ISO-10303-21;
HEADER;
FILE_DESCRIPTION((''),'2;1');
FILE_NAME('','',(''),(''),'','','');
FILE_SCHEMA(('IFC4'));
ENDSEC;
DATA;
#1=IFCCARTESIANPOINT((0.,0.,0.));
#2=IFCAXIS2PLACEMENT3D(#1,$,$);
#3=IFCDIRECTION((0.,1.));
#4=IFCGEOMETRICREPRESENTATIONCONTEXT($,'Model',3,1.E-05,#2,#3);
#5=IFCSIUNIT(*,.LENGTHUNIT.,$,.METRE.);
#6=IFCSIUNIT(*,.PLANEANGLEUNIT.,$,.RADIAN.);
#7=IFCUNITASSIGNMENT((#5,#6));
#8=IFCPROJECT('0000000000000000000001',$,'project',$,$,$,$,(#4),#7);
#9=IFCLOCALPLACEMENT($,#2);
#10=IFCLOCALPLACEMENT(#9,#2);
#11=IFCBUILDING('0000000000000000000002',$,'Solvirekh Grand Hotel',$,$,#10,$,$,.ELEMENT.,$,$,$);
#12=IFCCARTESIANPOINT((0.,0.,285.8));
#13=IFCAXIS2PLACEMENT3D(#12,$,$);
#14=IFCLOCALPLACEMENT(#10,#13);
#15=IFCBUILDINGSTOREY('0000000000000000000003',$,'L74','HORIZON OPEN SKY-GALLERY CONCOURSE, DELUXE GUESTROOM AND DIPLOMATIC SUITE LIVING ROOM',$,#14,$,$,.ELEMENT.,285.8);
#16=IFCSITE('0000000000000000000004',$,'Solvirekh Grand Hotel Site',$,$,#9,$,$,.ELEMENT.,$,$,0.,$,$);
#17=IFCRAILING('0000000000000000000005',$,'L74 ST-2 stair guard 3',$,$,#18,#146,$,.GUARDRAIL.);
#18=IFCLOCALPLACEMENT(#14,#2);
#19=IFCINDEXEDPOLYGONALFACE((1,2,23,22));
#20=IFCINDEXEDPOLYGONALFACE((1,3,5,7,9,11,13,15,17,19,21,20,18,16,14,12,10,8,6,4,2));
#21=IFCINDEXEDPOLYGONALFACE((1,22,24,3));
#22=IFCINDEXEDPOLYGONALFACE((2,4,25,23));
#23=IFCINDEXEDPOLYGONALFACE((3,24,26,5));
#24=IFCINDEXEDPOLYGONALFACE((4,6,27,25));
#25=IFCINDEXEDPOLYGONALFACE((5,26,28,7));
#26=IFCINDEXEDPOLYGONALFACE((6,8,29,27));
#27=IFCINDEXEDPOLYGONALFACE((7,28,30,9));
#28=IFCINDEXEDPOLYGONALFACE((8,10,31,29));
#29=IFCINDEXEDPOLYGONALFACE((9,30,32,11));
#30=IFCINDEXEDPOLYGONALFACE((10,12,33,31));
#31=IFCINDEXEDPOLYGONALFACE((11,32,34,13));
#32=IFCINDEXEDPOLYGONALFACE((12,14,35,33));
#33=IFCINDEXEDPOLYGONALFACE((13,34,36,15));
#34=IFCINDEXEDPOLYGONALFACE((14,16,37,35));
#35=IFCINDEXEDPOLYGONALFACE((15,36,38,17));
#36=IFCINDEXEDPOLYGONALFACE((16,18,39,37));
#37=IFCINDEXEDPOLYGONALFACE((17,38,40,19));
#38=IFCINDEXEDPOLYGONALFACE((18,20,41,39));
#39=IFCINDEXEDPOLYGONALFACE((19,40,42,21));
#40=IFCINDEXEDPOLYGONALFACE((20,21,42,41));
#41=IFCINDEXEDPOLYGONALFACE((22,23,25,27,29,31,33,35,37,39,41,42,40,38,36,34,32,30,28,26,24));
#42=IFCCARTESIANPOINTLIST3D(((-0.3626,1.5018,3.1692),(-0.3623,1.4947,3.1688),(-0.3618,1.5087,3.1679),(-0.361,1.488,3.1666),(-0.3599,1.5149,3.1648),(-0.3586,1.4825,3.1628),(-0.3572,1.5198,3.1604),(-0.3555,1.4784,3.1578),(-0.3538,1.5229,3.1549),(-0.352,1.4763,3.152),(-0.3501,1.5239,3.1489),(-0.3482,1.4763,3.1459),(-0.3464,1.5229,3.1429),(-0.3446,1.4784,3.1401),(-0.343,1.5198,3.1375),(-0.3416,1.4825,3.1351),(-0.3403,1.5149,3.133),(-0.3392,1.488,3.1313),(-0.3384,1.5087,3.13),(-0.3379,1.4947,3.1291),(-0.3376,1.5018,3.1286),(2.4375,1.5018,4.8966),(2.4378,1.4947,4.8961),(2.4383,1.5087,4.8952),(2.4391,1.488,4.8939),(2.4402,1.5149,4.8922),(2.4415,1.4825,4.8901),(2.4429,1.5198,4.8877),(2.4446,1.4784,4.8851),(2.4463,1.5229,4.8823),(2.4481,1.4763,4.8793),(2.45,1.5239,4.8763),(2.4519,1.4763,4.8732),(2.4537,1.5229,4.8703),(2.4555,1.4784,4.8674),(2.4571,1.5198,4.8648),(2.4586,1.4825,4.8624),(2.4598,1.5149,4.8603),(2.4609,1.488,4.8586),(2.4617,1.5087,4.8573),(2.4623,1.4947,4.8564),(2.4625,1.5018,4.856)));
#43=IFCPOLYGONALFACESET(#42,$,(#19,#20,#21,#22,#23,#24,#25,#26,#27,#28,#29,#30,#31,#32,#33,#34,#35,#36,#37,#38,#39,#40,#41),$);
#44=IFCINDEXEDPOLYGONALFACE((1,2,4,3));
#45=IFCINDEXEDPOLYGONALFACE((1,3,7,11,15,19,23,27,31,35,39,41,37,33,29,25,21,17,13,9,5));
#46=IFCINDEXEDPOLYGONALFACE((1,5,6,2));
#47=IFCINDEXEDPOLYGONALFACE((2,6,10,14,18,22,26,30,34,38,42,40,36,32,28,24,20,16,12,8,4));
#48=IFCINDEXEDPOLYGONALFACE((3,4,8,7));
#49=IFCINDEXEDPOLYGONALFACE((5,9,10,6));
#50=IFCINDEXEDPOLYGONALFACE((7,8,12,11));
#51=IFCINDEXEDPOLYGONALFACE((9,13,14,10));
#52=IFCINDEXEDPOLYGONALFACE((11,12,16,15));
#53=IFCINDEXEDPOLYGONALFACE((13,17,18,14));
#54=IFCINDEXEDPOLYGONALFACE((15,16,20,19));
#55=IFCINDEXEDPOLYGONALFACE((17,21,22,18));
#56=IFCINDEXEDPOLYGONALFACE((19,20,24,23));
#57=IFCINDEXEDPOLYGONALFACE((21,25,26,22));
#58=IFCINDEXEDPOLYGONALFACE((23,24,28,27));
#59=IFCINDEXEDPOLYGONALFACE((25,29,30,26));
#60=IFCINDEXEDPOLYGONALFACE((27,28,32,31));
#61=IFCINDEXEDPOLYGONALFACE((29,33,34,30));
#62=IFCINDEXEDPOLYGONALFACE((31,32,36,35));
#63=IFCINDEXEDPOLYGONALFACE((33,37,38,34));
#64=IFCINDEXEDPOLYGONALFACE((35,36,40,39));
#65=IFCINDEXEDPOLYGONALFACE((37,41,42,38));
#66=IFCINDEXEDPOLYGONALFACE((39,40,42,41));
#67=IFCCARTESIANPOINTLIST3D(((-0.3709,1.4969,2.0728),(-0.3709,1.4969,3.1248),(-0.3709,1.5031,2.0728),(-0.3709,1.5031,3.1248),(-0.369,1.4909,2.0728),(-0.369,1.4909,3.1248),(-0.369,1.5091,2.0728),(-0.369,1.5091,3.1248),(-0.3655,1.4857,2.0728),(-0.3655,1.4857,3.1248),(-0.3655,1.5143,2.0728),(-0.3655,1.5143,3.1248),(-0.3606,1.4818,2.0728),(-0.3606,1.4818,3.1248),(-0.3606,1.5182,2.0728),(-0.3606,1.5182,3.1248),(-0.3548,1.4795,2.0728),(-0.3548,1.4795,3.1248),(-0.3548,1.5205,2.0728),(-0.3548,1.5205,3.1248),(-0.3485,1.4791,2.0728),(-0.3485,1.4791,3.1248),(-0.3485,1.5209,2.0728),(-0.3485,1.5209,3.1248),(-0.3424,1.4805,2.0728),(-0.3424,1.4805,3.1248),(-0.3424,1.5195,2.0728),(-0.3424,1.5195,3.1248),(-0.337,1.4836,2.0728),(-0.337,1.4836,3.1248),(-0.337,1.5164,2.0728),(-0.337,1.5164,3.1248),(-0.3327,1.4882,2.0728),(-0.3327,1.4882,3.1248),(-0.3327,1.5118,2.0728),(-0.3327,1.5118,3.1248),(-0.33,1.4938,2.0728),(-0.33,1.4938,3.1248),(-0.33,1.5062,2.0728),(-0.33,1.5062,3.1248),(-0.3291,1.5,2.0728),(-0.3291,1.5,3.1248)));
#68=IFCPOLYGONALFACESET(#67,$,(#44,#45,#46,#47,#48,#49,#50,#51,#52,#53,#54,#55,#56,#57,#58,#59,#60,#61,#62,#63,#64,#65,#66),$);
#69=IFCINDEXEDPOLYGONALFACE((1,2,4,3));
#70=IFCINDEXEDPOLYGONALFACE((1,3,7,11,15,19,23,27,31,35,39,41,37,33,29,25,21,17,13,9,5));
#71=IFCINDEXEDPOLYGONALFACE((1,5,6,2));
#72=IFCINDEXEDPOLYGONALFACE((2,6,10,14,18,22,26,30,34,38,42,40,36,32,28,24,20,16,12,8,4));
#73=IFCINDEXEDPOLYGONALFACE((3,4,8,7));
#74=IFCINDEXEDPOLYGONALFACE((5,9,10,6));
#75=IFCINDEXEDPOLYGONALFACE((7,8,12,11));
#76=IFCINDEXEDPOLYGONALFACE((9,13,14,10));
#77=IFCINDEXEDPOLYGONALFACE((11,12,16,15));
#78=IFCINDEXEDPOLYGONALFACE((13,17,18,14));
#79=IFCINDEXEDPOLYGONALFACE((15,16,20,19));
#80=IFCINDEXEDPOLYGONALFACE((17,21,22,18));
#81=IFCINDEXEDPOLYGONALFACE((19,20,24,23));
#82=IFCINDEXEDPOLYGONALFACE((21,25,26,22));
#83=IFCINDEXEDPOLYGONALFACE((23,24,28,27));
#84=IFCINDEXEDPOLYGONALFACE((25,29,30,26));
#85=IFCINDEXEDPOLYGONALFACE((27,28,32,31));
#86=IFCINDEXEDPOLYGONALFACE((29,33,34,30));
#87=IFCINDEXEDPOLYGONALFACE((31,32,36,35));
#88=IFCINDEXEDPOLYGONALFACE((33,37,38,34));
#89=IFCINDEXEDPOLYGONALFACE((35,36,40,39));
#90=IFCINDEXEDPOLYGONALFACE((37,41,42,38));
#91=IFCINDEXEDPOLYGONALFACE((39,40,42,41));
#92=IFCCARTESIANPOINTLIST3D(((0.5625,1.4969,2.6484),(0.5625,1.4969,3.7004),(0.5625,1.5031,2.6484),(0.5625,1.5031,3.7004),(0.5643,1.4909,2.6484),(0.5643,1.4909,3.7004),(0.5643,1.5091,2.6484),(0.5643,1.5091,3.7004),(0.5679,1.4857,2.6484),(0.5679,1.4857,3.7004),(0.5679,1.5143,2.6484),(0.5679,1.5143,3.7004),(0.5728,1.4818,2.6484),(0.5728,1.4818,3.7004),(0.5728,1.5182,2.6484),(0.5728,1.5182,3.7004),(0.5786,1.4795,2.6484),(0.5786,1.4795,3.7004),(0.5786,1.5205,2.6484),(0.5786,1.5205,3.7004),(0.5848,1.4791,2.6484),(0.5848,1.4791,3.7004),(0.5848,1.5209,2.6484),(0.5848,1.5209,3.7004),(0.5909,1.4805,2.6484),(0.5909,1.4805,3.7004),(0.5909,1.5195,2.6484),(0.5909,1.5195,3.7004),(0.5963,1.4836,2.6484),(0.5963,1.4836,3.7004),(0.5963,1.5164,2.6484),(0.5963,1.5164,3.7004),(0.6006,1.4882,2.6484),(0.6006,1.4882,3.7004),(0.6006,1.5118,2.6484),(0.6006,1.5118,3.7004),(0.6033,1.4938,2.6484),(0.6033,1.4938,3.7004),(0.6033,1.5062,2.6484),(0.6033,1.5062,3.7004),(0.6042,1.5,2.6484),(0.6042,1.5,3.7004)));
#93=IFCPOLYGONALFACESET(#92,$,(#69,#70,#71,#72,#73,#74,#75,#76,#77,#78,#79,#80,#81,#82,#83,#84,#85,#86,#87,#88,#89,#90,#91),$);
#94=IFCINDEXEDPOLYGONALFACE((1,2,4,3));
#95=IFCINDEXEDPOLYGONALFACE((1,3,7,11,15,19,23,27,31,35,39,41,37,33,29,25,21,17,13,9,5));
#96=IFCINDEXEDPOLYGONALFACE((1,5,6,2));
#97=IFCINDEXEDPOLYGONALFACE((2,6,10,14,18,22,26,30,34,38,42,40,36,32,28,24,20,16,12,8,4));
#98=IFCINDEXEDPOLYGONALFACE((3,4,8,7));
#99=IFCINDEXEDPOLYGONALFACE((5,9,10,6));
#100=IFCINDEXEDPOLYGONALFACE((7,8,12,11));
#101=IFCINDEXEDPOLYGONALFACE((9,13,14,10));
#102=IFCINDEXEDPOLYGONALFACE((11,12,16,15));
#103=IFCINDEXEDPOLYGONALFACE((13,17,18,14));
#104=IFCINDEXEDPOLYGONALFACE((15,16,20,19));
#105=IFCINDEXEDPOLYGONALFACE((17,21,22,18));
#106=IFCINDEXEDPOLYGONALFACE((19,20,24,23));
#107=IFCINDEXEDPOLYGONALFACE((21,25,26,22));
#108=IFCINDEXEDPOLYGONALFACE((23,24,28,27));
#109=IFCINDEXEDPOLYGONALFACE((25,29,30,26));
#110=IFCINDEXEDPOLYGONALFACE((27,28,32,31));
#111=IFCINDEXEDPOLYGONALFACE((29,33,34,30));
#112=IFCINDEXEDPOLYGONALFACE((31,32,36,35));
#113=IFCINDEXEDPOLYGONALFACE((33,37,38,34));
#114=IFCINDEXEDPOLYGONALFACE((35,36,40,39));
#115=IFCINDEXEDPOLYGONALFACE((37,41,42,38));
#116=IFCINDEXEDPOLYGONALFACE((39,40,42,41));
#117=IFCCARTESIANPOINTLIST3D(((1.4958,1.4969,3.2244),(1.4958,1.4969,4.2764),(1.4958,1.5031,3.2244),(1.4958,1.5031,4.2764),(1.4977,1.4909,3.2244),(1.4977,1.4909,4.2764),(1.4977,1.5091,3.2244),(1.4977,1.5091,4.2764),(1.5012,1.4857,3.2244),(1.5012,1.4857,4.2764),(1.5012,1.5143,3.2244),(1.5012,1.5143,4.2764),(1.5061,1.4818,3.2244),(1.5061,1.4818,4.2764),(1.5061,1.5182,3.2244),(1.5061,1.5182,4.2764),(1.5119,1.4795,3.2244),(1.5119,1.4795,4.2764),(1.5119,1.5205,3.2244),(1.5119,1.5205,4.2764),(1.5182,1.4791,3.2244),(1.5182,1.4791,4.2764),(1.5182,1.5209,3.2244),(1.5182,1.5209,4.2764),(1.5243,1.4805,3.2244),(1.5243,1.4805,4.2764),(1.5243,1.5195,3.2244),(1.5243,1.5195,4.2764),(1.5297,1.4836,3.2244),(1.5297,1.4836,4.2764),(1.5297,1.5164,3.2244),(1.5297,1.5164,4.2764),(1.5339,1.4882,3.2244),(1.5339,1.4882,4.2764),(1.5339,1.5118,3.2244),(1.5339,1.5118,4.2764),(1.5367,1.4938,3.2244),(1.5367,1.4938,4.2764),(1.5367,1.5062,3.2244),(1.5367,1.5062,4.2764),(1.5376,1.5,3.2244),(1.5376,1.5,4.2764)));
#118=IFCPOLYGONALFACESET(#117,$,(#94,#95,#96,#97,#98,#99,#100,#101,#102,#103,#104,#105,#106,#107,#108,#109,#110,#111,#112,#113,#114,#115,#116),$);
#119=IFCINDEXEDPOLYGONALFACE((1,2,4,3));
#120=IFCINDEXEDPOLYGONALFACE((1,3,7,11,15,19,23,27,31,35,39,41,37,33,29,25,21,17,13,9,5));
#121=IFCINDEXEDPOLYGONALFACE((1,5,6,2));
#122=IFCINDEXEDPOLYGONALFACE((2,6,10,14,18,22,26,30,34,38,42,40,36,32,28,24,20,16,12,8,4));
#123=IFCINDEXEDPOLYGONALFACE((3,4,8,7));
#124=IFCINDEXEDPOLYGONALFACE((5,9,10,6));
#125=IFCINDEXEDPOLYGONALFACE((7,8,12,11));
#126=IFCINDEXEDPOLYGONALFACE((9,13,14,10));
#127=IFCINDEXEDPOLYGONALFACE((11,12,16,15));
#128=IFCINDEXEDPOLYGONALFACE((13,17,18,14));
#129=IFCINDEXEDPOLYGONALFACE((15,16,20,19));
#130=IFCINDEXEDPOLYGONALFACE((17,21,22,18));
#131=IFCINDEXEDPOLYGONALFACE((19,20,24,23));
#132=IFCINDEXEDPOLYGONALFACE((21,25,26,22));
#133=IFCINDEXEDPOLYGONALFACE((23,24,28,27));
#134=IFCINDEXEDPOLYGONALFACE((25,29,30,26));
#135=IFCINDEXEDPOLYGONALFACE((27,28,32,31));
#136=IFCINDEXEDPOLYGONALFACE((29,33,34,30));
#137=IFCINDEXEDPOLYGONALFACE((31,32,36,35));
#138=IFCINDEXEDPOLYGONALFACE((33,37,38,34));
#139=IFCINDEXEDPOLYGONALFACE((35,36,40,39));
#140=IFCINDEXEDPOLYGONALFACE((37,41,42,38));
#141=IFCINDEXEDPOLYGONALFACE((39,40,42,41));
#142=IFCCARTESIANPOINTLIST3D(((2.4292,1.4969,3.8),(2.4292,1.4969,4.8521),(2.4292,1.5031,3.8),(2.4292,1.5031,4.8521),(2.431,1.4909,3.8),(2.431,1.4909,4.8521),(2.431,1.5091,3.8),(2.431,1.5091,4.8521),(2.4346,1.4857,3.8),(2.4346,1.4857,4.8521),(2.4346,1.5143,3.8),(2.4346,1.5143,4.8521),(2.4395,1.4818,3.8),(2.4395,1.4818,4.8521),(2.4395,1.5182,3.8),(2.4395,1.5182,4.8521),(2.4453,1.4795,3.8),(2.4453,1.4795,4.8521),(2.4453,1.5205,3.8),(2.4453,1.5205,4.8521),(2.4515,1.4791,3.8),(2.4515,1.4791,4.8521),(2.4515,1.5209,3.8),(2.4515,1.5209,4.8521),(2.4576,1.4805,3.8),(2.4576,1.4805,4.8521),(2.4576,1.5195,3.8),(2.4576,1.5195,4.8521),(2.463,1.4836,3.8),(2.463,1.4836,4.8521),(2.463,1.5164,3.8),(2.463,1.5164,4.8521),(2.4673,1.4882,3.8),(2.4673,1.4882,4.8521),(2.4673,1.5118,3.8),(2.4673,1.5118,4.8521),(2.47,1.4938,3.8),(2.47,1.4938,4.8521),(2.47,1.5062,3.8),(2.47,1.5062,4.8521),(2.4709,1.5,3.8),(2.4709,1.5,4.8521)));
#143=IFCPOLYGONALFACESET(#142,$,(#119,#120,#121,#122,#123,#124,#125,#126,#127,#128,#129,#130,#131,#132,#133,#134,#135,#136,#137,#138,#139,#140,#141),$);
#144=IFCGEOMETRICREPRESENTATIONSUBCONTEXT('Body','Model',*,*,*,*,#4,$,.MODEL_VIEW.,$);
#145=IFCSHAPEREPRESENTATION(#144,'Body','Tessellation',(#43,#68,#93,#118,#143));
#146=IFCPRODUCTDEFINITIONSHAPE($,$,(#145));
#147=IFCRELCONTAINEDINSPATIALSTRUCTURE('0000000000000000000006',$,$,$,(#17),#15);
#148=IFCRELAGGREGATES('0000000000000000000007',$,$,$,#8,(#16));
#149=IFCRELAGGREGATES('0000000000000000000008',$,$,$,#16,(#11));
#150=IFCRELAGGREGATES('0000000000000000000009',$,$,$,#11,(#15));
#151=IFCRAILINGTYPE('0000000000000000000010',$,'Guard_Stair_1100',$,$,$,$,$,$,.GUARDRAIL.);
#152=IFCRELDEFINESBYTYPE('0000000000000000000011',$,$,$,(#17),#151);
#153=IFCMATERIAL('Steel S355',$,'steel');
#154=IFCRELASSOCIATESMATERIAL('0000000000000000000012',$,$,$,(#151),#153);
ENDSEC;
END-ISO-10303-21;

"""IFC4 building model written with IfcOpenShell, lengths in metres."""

from ifc_helpers import new_model, si_unit, direction, frame, origin, origin_2d, place, context, subcontext, project, spatial, circle, extrude, material, type_object, element, save


model = new_model("IFC4")

# Units and contexts
model_context = context("Model", 3, precision=1e-05, world=origin(), true_north=direction((0.0, 1.0)))
body_context = subcontext(model_context, "Body", "Model", "MODEL_VIEW")
ifc_project = project(units=[si_unit("LENGTHUNIT", "METRE"), si_unit("PLANEANGLEUNIT", "RADIAN")], contexts=[model_context])

# Site, building, storey
site_placement = place(None, origin())
site = spatial("IfcSite", under=ifc_project, at=site_placement, Name="Solvirekh Grand Hotel Site", CompositionType="ELEMENT", RefElevation=0.0)
building_placement = place(site_placement, origin())
building = spatial("IfcBuilding", under=site, at=building_placement, Name="Solvirekh Grand Hotel", CompositionType="ELEMENT")
storey_placement = place(building_placement, frame((0.0, 0.0, 285.8)))
storey = spatial("IfcBuildingStorey", under=building, at=storey_placement, Name="L74", Description="HORIZON OPEN SKY-GALLERY CONCOURSE, DELUXE GUESTROOM AND DIPLOMATIC SUITE LIVING ROOM", CompositionType="ELEMENT", Elevation=285.8)

# Railing
ifc_material_1 = material(Name="Steel S355", Category="steel")
railing_type_1 = type_object("IfcRailingType", Name="Guard_Stair_1100", PredefinedType="GUARDRAIL", material=ifc_material_1)
railing_1_placement = place(storey_placement, frame((-0.3501, 1.5, 2.0728)))
element("IfcRailing", 1, at=railing_1_placement, inside=storey, type_object=railing_type_1, Name="L74 ST-2 stair guard 3", PredefinedType="GUARDRAIL", context=body_context, shape_type="SweptSolid", body=[
    extrude(circle(Radius=0.0239, at=origin_2d()), frame((0.0, 0.0, 1.0762), z_axis=(0.85109, 0.0, 0.52502), x_axis=(0.0, 1.0, 0.0)), (0.0, 0.0, 1.0), 3.29),
    extrude(circle(Radius=0.021, at=origin_2d()), origin(), (0.0, 0.0, 1.0), 1.052),
    extrude(circle(Radius=0.021, at=origin_2d()), frame((0.9333, 0.0, 0.5757)), (0.0, 0.0, 1.0), 1.052),
    extrude(circle(Radius=0.021, at=origin_2d()), frame((1.8667, 0.0, 1.1516)), (0.0, 0.0, 1.0), 1.052),
    extrude(circle(Radius=0.021, at=origin_2d()), frame((2.8, 0.0, 1.7273)), (0.0, 0.0, 1.0), 1.052),
])

save(model, "model.ifc")
